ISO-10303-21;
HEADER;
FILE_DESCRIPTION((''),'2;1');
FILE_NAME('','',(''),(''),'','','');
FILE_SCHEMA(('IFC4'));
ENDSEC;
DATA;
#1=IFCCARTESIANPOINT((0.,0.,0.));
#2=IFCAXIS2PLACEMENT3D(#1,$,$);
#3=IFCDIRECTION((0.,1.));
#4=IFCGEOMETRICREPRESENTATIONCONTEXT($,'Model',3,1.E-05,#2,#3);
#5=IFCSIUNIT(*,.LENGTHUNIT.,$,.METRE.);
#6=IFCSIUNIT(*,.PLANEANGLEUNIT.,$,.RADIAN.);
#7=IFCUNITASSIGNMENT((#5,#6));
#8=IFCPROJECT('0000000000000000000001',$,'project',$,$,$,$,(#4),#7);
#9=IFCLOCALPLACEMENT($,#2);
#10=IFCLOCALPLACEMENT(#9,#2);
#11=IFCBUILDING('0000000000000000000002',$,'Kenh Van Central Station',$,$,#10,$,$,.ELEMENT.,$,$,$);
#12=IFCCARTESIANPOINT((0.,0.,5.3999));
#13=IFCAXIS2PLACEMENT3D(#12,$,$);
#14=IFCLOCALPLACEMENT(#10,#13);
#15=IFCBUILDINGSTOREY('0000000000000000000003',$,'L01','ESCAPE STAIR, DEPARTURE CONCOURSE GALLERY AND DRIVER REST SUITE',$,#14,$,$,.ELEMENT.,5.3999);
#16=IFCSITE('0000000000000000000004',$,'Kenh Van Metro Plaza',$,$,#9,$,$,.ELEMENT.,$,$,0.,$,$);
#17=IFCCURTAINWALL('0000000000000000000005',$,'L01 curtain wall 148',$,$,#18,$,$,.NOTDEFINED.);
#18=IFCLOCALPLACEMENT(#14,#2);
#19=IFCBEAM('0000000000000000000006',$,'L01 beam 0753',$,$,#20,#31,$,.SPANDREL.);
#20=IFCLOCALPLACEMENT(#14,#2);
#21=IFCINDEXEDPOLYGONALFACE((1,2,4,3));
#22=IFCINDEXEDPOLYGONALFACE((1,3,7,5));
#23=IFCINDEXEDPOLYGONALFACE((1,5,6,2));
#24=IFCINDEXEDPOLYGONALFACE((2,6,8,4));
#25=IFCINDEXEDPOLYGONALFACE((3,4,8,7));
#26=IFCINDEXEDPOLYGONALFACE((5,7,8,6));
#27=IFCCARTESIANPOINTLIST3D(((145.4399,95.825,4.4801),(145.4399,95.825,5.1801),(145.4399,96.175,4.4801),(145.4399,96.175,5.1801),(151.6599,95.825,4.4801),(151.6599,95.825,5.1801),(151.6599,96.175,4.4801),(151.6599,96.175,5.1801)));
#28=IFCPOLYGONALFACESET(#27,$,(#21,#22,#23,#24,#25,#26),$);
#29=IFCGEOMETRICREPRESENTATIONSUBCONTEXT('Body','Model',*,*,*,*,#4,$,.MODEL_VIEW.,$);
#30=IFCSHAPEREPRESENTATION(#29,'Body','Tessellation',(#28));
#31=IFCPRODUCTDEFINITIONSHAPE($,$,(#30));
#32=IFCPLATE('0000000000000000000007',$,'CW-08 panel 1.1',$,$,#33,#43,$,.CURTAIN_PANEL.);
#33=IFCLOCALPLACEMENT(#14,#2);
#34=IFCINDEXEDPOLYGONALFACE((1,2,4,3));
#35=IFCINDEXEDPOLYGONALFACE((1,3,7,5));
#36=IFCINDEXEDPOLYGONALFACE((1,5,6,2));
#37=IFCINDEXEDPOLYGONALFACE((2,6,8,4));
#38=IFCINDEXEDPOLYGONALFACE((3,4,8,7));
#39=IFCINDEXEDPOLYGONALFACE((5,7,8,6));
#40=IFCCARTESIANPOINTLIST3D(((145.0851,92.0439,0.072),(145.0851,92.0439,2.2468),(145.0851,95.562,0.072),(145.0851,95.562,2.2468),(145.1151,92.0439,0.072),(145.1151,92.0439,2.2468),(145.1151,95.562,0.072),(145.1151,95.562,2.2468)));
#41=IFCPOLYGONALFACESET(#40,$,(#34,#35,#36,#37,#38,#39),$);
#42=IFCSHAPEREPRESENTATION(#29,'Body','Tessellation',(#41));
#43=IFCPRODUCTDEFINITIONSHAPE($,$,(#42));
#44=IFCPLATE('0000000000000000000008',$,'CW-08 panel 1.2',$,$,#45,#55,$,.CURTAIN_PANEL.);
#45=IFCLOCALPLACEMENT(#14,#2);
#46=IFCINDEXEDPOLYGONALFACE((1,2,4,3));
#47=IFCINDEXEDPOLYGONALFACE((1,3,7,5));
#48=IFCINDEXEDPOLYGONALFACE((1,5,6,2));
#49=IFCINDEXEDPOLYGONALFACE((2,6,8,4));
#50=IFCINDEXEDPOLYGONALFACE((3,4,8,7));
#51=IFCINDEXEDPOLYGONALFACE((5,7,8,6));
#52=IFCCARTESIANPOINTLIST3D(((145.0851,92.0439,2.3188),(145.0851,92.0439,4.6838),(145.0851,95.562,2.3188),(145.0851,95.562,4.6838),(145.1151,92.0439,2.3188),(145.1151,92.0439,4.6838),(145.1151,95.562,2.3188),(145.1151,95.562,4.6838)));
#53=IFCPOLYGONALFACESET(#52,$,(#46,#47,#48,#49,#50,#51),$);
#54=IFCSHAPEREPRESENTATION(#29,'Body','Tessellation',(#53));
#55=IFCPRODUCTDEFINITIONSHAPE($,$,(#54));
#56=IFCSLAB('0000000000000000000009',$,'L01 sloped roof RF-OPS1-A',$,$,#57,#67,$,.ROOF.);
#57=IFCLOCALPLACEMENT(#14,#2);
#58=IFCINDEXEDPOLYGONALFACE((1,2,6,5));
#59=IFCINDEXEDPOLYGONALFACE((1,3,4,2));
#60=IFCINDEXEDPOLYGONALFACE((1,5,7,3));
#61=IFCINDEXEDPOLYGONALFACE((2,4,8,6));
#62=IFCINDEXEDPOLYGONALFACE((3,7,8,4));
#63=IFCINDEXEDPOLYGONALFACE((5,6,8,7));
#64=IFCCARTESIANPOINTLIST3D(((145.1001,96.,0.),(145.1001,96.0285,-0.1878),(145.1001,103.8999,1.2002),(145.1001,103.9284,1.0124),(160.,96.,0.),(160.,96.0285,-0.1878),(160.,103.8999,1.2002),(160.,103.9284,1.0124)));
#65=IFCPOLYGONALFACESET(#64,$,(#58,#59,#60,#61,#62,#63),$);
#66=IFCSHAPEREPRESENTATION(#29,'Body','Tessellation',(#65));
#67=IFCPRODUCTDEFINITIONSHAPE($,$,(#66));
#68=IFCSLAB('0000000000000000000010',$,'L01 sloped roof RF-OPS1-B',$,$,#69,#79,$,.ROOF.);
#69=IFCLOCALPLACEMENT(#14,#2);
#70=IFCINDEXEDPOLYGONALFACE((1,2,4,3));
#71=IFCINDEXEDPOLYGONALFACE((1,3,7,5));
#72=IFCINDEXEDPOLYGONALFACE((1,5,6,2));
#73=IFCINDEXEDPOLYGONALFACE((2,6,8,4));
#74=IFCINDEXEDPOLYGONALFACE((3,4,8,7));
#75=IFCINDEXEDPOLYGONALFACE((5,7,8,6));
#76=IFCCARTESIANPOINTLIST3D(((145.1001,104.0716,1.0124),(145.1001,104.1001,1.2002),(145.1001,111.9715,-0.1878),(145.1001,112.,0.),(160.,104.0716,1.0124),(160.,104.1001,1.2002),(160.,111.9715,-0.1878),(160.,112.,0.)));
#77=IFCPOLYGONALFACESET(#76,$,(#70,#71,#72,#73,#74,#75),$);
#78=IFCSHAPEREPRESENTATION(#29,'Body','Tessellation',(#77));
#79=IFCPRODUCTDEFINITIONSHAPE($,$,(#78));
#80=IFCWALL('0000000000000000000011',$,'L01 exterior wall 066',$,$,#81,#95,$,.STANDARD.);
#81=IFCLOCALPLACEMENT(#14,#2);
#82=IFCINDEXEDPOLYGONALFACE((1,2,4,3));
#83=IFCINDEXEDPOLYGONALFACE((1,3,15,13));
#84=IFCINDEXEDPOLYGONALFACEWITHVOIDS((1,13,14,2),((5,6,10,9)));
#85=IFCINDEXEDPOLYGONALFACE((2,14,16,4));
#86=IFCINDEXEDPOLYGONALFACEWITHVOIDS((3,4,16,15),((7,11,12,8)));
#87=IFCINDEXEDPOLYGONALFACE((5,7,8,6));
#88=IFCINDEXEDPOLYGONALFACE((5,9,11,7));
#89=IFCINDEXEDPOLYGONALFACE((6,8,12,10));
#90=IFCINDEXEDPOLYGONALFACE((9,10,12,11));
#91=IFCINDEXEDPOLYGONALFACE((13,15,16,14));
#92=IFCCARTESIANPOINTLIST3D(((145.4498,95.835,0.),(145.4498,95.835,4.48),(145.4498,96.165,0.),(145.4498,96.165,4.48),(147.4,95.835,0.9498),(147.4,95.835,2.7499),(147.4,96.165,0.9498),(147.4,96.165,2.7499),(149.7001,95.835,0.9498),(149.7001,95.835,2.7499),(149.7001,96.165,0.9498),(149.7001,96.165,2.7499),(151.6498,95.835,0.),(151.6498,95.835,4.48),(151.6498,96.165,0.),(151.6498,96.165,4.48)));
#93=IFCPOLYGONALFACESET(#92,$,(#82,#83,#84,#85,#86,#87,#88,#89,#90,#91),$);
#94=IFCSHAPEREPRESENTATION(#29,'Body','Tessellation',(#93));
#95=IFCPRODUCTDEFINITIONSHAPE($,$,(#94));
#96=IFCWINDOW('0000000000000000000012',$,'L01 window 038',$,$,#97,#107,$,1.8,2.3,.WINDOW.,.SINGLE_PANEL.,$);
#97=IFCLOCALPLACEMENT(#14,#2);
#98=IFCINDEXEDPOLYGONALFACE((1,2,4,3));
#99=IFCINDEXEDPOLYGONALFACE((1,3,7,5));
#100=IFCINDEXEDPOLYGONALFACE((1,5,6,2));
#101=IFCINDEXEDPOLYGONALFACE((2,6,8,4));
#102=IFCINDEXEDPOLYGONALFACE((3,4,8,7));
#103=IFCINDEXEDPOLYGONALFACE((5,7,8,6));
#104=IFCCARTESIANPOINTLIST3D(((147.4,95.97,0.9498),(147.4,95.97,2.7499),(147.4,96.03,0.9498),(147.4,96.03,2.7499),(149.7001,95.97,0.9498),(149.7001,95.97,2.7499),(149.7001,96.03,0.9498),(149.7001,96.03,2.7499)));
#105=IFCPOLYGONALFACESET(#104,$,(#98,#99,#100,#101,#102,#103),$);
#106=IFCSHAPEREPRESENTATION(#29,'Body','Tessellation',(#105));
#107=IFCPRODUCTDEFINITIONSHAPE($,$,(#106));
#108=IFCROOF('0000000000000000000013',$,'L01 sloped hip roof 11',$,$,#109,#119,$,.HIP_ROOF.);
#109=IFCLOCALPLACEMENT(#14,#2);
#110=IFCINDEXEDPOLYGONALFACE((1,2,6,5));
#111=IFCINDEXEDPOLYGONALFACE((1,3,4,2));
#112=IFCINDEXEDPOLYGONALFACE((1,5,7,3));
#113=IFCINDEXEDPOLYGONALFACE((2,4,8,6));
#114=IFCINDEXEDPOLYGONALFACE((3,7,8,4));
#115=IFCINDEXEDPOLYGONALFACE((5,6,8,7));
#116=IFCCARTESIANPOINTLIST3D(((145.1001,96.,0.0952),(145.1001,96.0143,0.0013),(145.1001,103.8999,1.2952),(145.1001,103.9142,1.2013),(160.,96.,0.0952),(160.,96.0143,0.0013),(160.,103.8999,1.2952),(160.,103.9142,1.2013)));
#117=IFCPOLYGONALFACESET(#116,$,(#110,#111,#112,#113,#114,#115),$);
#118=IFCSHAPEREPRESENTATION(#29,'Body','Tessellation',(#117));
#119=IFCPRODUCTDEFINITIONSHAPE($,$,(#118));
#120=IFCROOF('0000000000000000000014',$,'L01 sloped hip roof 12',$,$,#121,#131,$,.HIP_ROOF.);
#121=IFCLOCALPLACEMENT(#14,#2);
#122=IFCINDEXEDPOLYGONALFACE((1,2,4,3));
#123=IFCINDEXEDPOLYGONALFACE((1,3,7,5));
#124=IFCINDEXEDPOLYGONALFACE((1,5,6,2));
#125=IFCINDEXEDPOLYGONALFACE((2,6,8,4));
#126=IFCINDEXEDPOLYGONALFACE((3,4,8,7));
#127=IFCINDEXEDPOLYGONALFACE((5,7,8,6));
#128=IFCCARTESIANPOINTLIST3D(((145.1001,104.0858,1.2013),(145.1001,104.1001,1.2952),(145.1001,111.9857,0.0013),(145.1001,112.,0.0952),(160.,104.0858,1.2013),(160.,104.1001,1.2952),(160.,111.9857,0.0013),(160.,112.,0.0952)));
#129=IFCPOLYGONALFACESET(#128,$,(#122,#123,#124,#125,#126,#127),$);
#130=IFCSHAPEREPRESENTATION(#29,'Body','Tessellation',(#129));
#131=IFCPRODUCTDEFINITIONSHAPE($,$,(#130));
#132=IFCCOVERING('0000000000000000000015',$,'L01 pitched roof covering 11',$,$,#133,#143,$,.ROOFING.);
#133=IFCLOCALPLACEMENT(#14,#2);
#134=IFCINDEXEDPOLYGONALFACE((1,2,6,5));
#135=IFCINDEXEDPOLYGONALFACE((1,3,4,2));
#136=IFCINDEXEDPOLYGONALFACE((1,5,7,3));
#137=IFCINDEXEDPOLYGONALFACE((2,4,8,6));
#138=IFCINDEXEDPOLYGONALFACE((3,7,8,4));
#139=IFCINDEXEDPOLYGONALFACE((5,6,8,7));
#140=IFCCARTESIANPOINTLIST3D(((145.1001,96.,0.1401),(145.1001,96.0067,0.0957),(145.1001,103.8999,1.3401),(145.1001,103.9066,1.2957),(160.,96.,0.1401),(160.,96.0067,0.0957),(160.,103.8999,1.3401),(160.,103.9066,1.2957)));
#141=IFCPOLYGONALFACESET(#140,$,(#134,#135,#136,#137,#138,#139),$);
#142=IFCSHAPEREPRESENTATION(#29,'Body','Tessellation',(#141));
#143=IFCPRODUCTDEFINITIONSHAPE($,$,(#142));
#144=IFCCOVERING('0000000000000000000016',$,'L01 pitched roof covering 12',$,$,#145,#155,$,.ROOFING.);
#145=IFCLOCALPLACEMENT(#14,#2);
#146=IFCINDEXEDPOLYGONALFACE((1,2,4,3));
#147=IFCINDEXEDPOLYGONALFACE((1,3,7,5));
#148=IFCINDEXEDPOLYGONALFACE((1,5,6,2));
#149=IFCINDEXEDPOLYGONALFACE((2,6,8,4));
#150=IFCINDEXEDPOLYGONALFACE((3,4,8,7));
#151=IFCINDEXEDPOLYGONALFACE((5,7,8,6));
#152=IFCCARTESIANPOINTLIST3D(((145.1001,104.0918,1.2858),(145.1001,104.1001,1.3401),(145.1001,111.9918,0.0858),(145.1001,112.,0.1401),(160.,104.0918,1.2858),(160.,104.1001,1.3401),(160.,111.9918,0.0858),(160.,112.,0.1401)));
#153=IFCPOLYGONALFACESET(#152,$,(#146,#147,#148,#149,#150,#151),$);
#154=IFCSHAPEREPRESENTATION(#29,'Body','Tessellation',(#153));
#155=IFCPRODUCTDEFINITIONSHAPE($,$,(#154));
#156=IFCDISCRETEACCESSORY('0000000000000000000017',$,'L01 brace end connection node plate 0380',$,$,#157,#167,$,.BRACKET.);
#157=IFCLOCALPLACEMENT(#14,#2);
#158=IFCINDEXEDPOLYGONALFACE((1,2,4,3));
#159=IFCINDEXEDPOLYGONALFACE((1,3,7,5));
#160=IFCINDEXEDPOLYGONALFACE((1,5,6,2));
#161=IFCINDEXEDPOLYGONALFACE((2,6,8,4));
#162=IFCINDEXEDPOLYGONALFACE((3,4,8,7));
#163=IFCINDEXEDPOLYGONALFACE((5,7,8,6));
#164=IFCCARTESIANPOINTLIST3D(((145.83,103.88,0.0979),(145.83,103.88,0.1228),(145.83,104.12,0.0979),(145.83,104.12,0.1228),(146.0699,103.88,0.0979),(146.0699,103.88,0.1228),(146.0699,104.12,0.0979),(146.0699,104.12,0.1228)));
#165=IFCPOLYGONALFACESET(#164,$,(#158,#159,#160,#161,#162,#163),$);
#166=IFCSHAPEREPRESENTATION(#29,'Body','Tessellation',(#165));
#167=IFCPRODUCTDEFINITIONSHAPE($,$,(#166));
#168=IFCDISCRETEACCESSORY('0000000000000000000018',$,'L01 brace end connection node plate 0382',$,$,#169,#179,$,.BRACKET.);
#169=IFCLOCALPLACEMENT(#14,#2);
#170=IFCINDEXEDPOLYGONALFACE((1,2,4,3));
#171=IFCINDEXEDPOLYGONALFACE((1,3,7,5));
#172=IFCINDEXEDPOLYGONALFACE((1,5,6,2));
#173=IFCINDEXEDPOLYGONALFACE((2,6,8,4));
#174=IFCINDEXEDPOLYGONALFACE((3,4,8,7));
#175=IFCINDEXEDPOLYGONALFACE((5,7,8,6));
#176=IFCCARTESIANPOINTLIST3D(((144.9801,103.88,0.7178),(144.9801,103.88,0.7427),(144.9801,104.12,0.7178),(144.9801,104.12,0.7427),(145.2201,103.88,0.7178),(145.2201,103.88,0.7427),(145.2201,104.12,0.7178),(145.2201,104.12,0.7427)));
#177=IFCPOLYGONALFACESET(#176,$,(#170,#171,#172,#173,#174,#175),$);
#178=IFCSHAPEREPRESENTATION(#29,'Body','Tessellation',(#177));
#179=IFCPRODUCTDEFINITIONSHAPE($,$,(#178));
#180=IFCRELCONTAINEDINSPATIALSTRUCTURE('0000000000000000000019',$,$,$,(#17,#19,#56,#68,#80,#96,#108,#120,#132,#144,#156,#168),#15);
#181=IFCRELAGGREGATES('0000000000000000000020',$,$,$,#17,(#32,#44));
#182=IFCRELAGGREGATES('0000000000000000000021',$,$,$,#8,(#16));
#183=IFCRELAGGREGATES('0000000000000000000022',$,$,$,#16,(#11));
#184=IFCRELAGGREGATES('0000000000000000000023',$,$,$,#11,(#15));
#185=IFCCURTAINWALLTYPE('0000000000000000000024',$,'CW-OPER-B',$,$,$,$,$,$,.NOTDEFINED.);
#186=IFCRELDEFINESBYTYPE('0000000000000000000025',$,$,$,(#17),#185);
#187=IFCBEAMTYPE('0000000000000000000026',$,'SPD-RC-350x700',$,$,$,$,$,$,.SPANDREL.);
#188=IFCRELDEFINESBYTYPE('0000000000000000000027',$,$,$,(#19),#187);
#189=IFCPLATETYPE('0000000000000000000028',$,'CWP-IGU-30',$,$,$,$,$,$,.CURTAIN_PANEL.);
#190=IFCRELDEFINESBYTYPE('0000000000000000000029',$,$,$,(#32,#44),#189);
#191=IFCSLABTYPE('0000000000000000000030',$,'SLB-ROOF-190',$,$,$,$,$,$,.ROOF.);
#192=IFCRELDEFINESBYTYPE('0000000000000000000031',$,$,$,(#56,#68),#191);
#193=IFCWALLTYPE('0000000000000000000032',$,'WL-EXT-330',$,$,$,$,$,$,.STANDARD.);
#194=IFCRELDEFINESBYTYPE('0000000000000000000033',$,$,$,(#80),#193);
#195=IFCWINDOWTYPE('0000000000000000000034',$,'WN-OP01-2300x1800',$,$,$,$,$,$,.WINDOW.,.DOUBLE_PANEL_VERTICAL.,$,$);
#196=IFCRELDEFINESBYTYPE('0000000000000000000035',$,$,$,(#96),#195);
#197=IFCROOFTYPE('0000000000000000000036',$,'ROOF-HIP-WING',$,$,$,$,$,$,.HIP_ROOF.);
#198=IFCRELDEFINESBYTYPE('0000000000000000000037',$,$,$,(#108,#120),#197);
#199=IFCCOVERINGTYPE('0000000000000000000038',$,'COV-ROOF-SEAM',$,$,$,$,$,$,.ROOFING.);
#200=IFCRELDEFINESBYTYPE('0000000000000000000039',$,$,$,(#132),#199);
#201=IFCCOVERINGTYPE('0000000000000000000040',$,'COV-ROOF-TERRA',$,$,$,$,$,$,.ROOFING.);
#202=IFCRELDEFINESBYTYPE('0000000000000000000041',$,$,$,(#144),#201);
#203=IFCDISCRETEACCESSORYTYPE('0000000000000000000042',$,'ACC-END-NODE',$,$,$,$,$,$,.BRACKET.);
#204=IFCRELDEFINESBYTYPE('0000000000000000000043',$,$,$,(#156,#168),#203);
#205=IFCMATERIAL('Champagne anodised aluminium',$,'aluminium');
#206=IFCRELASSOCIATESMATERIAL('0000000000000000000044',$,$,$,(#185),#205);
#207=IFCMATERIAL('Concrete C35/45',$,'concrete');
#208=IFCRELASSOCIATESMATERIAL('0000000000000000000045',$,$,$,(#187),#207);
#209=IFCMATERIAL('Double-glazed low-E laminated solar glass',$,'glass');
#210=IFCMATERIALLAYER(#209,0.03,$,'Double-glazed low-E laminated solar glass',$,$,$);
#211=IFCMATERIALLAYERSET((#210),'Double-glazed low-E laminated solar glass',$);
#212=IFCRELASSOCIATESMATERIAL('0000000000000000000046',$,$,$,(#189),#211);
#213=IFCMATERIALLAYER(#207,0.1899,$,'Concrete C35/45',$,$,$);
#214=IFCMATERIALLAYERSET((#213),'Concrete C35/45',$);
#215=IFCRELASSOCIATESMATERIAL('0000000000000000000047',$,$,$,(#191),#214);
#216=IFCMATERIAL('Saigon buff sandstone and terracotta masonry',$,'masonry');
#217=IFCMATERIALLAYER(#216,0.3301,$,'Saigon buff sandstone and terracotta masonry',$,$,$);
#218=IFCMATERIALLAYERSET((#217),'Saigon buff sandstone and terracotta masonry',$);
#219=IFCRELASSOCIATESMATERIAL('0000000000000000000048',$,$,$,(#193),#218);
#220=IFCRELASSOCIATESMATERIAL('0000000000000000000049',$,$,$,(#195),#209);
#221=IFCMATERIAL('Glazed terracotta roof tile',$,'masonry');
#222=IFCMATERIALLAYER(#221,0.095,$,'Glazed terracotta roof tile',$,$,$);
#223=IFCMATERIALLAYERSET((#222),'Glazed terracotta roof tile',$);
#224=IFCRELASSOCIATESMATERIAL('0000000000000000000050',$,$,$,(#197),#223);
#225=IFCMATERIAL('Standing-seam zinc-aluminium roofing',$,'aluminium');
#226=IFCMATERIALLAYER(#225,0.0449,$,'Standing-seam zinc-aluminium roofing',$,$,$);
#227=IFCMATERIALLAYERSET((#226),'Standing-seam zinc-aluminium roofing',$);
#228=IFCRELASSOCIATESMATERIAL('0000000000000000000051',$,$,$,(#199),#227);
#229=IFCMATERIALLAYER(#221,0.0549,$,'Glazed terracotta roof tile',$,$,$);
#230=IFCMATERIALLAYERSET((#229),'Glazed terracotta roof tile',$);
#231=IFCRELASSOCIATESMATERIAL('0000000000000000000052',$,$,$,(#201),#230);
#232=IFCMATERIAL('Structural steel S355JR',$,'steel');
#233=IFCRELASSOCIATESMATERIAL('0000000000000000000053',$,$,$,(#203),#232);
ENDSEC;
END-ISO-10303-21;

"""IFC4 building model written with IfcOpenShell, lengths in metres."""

from ifc_helpers import new_model, si_unit, direction, frame, frame_2d, origin, origin_2d, place, context, subcontext, project, spatial, polyline, rectangle, outline, extrude, material, layer, layer_set, material_profile, profile_set, type_object, element, fill, aggregate, save


model = new_model("IFC4")

# Units and contexts
model_context = context("Model", 3, precision=1e-05, world=origin(), true_north=direction((0.0, 1.0)))
body_context = subcontext(model_context, "Body", "Model", "MODEL_VIEW")
ifc_project = project(units=[si_unit("LENGTHUNIT", "METRE"), si_unit("PLANEANGLEUNIT", "RADIAN")], contexts=[model_context])

# Site, building, storey
site_placement = place(None, origin())
site = spatial("IfcSite", under=ifc_project, at=site_placement, Name="Kenh Van Metro Plaza", CompositionType="ELEMENT", RefElevation=0.0)
building_placement = place(site_placement, origin())
building = spatial("IfcBuilding", under=site, at=building_placement, Name="Kenh Van Central Station", CompositionType="ELEMENT")
storey_placement = place(building_placement, frame((0.0, 0.0, 5.3999)))
storey = spatial("IfcBuildingStorey", under=building, at=storey_placement, Name="L01", Description="ESCAPE STAIR, DEPARTURE CONCOURSE GALLERY AND DRIVER REST SUITE", CompositionType="ELEMENT", Elevation=5.3999)

# Curtain wall
ifc_material_1 = material(Name="Champagne anodised aluminium", Category="aluminium")
curtain_wall_type = type_object("IfcCurtainWallType", Name="CW-OPER-B", PredefinedType="NOTDEFINED", material=ifc_material_1)
curtain_wall_placement = place(storey_placement, origin())
curtain_wall = element("IfcCurtainWall", 1, at=curtain_wall_placement, inside=storey, type_object=curtain_wall_type, Name="L01 curtain wall 148", PredefinedType="NOTDEFINED")

# Beam
ifc_material_2 = material(Name="Concrete C35/45", Category="concrete")
ifc_material_profile_1 = material_profile(ifc_material_2, rectangle(XDim=0.3501, YDim=0.7, at=origin_2d()), Name="RC 350x700")
ifc_profile_set_1 = profile_set([ifc_material_profile_1], Name="Concrete C35/45")
beam_type_1 = type_object("IfcBeamType", Name="SPD-RC-350x700", PredefinedType="SPANDREL", material=ifc_profile_set_1)
beam_1_placement = place(storey_placement, frame((145.4399, 96.0, 4.8301), z_axis=(1.0, 0.0, 0.0), x_axis=(0.0, 1.0, 0.0)))
element("IfcBeam", 2, at=beam_1_placement, inside=storey, type_object=beam_type_1, Name="L01 beam 0753", PredefinedType="SPANDREL", context=body_context, shape_type="SweptSolid", body=[
    extrude(rectangle(XDim=0.3501, YDim=0.7, at=origin_2d()), origin(), (0.0, 0.0, 1.0), 6.22),
])

# Plates
ifc_material_3 = material(Name="Double-glazed low-E laminated solar glass", Category="glass")
ifc_layer_1 = layer(ifc_material_3, 0.03, Name="Double-glazed low-E laminated solar glass")
ifc_layer_set_1 = layer_set([ifc_layer_1], Name="Double-glazed low-E laminated solar glass")
plate_type = type_object("IfcPlateType", Name="CWP-IGU-30", PredefinedType="CURTAIN_PANEL", material=ifc_layer_set_1)
plate_1_placement = place(storey_placement, frame((145.1001, 93.803, 0.072), z_axis=(0.0, 0.0, 1.0), x_axis=(0.0, -1.0, 0.0)))
plate_1 = element("IfcPlate", 3, at=plate_1_placement, type_object=plate_type, Name="CW-08 panel 1.1", PredefinedType="CURTAIN_PANEL", context=body_context, shape_type="SweptSolid", body=[
    extrude(rectangle(XDim=3.5181, YDim=0.03, at=origin_2d()), origin(), (0.0, 0.0, 1.0), 2.1748),
])
plate_2_placement = place(storey_placement, frame((145.1001, 93.803, 2.3188), z_axis=(0.0, 0.0, 1.0), x_axis=(0.0, -1.0, 0.0)))
plate_2 = element("IfcPlate", 4, at=plate_2_placement, type_object=plate_type, Name="CW-08 panel 1.2", PredefinedType="CURTAIN_PANEL", context=body_context, shape_type="SweptSolid", body=[
    extrude(rectangle(XDim=3.5181, YDim=0.03, at=origin_2d()), origin(), (0.0, 0.0, 1.0), 2.365),
])
aggregate(curtain_wall, [plate_1, plate_2])

# Slabs
ifc_layer_2 = layer(ifc_material_2, 0.1899, Name="Concrete C35/45")
ifc_layer_set_2 = layer_set([ifc_layer_2], Name="Concrete C35/45")
slab_type = type_object("IfcSlabType", Name="SLB-ROOF-190", PredefinedType="ROOF", material=ifc_layer_set_2)
for number, where, z_axis, x_axis, name in (
    (5, (145.1001, 96.0, 0.0), (0.0, -0.150202, 0.988655), (1.0, 0.0, 0.0), "L01 sloped roof RF-OPS1-A"),
    (6, (145.1001, 104.1001, 1.2002), (0.0, 0.150202, 0.988655), (1.0, 0.0, 0.0), "L01 sloped roof RF-OPS1-B"),
):
    element("IfcSlab", number, at=place(storey_placement, frame(where, z_axis=z_axis, x_axis=x_axis)), inside=storey, type_object=slab_type, Name=name, PredefinedType="ROOF", context=body_context, shape_type="SweptSolid", body=[
        extrude(outline(polyline([(0.0, 0.0), (14.8999, 0.0), (14.8999, 7.9906), (0.0, 7.9906), (0.0, 0.0)])), origin(), (0.0, 0.0, -1.0), 0.1899),
    ])

# Wall, opening, window
ifc_material_4 = material(Name="Saigon buff sandstone and terracotta masonry", Category="masonry")
ifc_layer_3 = layer(ifc_material_4, 0.3301, Name="Saigon buff sandstone and terracotta masonry")
ifc_layer_set_3 = layer_set([ifc_layer_3], Name="Saigon buff sandstone and terracotta masonry")
wall_type = type_object("IfcWallType", Name="WL-EXT-330", PredefinedType="STANDARD", material=ifc_layer_set_3)
wall_placement = place(storey_placement, frame((151.6499, 96.0, 0.0), z_axis=(0.0, 0.0, 1.0), x_axis=(-1.0, 0.0, 0.0)))
wall = element("IfcWall", 7, at=wall_placement, inside=storey, type_object=wall_type, Name="L01 exterior wall 066", PredefinedType="STANDARD", context=body_context, shape_type="SweptSolid", body=[
    extrude(rectangle(XDim=6.2, YDim=0.3301, at=frame_2d((3.1001, 0.0))), origin(), (0.0, 0.0, 1.0), 4.48),
])
opening_placement = place(wall_placement, frame((1.95, 0.0, 0.95)))
opening = element("IfcOpeningElement", 8, at=opening_placement, cuts=wall, PredefinedType="OPENING", context=body_context, shape_type="SweptSolid", body=[
    extrude(rectangle(XDim=2.3, YDim=1.8, at=frame_2d((1.1499, 0.8999))), frame((0.0, 0.175, 0.0), z_axis=(0.0, -1.0, 0.0), x_axis=(1.0, 0.0, 0.0)), (0.0, 0.0, 1.0), 0.3501),
])
window_type = type_object("IfcWindowType", Name="WN-OP01-2300x1800", PartitioningType="DOUBLE_PANEL_VERTICAL", PredefinedType="WINDOW", material=ifc_material_3)
window_placement = place(opening_placement, origin())
window = element("IfcWindow", 9, at=window_placement, inside=storey, type_object=window_type, Name="L01 window 038", OverallHeight=1.8, OverallWidth=2.3, PartitioningType="SINGLE_PANEL", PredefinedType="WINDOW", context=body_context, shape_type="SweptSolid", body=[
    extrude(rectangle(XDim=2.3, YDim=1.8, at=frame_2d((1.1499, 0.8999))), frame((0.0, 0.03, 0.0), z_axis=(0.0, -1.0, 0.0), x_axis=(1.0, 0.0, 0.0)), (0.0, 0.0, 1.0), 0.0601),
])
fill(opening, window)

# Roofs
ifc_material_5 = material(Name="Glazed terracotta roof tile", Category="masonry")
ifc_layer_4 = layer(ifc_material_5, 0.095, Name="Glazed terracotta roof tile")
ifc_layer_set_4 = layer_set([ifc_layer_4], Name="Glazed terracotta roof tile")
roof_type = type_object("IfcRoofType", Name="ROOF-HIP-WING", PredefinedType="HIP_ROOF", material=ifc_layer_set_4)
for number, where, z_axis, x_axis, name in (
    (10, (145.1001, 96.0, 0.0952), (0.0, -0.150172, 0.98866), (1.0, 0.0, 0.0), "L01 sloped hip roof 11"),
    (11, (145.1001, 104.1001, 1.2952), (0.0, 0.150172, 0.98866), (1.0, 0.0, 0.0), "L01 sloped hip roof 12"),
):
    element("IfcRoof", number, at=place(storey_placement, frame(where, z_axis=z_axis, x_axis=x_axis)), inside=storey, type_object=roof_type, Name=name, PredefinedType="HIP_ROOF", context=body_context, shape_type="SweptSolid", body=[
        extrude(outline(polyline([(0.0, 0.0), (14.8999, 0.0), (14.8999, 7.9905), (0.0, 7.9905), (0.0, 0.0)])), origin(), (0.0, 0.0, -1.0), 0.095),
    ])

# Coverings
ifc_material_6 = material(Name="Standing-seam zinc-aluminium roofing", Category="aluminium")
ifc_layer_5 = layer(ifc_material_6, 0.0449, Name="Standing-seam zinc-aluminium roofing")
ifc_layer_set_5 = layer_set([ifc_layer_5], Name="Standing-seam zinc-aluminium roofing")
covering_type_1 = type_object("IfcCoveringType", Name="COV-ROOF-SEAM", PredefinedType="ROOFING", material=ifc_layer_set_5)
covering_1_placement = place(storey_placement, frame((145.1001, 96.0, 0.1401), z_axis=(0.0, -0.150172, 0.98866), x_axis=(1.0, 0.0, 0.0)))
element("IfcCovering", 12, at=covering_1_placement, inside=storey, type_object=covering_type_1, Name="L01 pitched roof covering 11", PredefinedType="ROOFING", context=body_context, shape_type="SweptSolid", body=[
    extrude(outline(polyline([(0.0, 0.0), (14.8999, 0.0), (14.8999, 7.9905), (0.0, 7.9905), (0.0, 0.0)])), origin(), (0.0, 0.0, -1.0), 0.0449),
])
ifc_layer_6 = layer(ifc_material_5, 0.0549, Name="Glazed terracotta roof tile")
ifc_layer_set_6 = layer_set([ifc_layer_6], Name="Glazed terracotta roof tile")
covering_type_2 = type_object("IfcCoveringType", Name="COV-ROOF-TERRA", PredefinedType="ROOFING", material=ifc_layer_set_6)
covering_2_placement = place(storey_placement, frame((145.1001, 104.1001, 1.3401), z_axis=(0.0, 0.150172, 0.98866), x_axis=(1.0, 0.0, 0.0)))
element("IfcCovering", 13, at=covering_2_placement, inside=storey, type_object=covering_type_2, Name="L01 pitched roof covering 12", PredefinedType="ROOFING", context=body_context, shape_type="SweptSolid", body=[
    extrude(outline(polyline([(0.0, 0.0), (14.8999, 0.0), (14.8999, 7.9905), (0.0, 7.9905), (0.0, 0.0)])), origin(), (0.0, 0.0, -1.0), 0.0549),
])

# Discrete accessories
ifc_material_7 = material(Name="Structural steel S355JR", Category="steel")
discrete_accessory_type = type_object("IfcDiscreteAccessoryType", Name="ACC-END-NODE", PredefinedType="BRACKET", material=ifc_material_7)
for number, where, z_axis, x_axis, name in (
    (14, (145.95, 104.0, 0.0979), (0.0, 0.0, 1.0), (1.0, 0.0, 0.0), "L01 brace end connection node plate 0380"),
    (15, (145.1001, 104.0, 0.7178), (0.0, 0.0, 1.0), (1.0, 0.0, 0.0), "L01 brace end connection node plate 0382"),
):
    element("IfcDiscreteAccessory", number, at=place(storey_placement, frame(where, z_axis=z_axis, x_axis=x_axis)), inside=storey, type_object=discrete_accessory_type, Name=name, PredefinedType="BRACKET", context=body_context, shape_type="SweptSolid", body=[
        extrude(rectangle(XDim=0.24, YDim=0.24, at=origin_2d()), origin(), (0.0, 0.0, 1.0), 0.0249),
    ])

save(model, "model.ifc")
